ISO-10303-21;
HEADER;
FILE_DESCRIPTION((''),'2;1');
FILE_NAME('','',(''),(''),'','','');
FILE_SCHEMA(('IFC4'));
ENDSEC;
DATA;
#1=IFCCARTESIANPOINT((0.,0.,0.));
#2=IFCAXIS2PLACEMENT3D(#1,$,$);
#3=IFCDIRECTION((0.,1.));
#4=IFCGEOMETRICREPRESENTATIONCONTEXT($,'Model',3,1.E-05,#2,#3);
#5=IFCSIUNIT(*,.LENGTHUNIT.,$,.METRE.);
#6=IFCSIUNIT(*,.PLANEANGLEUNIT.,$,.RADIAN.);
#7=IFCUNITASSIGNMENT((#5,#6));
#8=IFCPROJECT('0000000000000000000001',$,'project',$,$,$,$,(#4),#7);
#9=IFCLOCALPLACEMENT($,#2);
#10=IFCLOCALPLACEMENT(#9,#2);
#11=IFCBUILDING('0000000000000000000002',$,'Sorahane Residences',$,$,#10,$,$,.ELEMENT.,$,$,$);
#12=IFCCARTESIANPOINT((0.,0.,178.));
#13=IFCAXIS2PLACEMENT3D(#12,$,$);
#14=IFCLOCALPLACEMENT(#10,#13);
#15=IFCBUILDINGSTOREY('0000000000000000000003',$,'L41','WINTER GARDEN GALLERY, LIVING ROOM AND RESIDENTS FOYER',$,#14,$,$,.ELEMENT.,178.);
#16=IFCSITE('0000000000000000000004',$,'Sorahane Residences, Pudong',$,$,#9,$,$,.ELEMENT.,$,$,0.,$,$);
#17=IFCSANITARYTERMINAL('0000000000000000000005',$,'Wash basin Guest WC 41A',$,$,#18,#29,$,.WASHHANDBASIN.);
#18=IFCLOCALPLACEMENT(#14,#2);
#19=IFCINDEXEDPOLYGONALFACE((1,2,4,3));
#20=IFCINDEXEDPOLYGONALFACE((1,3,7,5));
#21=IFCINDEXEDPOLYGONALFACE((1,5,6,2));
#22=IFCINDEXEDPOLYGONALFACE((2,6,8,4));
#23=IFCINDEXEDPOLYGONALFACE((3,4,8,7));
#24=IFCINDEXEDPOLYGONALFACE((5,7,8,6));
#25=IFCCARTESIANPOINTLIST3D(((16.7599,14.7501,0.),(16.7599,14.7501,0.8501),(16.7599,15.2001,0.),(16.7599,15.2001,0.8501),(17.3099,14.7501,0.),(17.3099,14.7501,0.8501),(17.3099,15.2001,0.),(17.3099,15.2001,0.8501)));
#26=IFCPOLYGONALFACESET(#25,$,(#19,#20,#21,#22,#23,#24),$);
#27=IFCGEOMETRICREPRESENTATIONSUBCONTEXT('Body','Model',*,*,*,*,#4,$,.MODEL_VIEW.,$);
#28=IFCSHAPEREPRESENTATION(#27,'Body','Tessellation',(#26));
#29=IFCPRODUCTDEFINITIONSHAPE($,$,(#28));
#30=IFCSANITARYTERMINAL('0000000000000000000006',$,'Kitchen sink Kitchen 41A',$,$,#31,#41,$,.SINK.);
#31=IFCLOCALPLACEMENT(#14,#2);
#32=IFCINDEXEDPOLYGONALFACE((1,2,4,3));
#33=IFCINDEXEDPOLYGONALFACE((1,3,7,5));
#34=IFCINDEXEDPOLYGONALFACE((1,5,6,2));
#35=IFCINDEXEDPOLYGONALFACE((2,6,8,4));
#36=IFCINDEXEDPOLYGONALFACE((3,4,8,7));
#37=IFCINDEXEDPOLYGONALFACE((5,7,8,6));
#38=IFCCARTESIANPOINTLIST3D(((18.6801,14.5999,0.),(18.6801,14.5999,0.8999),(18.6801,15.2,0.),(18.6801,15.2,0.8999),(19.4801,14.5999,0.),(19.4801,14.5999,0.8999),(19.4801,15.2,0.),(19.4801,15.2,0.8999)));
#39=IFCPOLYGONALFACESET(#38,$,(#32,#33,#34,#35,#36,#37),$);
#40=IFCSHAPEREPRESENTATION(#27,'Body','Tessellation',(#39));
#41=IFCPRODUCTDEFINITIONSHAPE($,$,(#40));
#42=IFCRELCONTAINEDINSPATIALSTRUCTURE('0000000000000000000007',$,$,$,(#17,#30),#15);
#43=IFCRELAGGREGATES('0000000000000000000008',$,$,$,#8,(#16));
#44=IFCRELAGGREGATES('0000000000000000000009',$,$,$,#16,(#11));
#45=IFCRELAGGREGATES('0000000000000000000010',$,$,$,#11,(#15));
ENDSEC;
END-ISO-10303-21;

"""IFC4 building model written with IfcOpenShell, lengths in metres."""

from ifc_helpers import new_model, si_unit, direction, frame, origin, origin_2d, place, context, subcontext, project, spatial, rectangle, extrude, element, save


model = new_model("IFC4")

# Units and contexts
model_context = context("Model", 3, precision=1e-05, world=origin(), true_north=direction((0.0, 1.0)))
body_context = subcontext(model_context, "Body", "Model", "MODEL_VIEW")
ifc_project = project(units=[si_unit("LENGTHUNIT", "METRE"), si_unit("PLANEANGLEUNIT", "RADIAN")], contexts=[model_context])

# Site, building, storey
site_placement = place(None, origin())
site = spatial("IfcSite", under=ifc_project, at=site_placement, Name="Sorahane Residences, Pudong", CompositionType="ELEMENT", RefElevation=0.0)
building_placement = place(site_placement, origin())
building = spatial("IfcBuilding", under=site, at=building_placement, Name="Sorahane Residences", CompositionType="ELEMENT")
storey_placement = place(building_placement, frame((0.0, 0.0, 178.0)))
storey = spatial("IfcBuildingStorey", under=building, at=storey_placement, Name="L41", Description="WINTER GARDEN GALLERY, LIVING ROOM AND RESIDENTS FOYER", CompositionType="ELEMENT", Elevation=178.0)

# Sanitary terminals
sanitary_terminal_1_placement = place(storey_placement, frame((17.0349, 14.9751, 0.0), z_axis=(0.0, 0.0, 1.0), x_axis=(1.0, 0.0, 0.0)))
element("IfcSanitaryTerminal", 1, at=sanitary_terminal_1_placement, inside=storey, Name="Wash basin Guest WC 41A", PredefinedType="WASHHANDBASIN", context=body_context, shape_type="SweptSolid", body=[
    extrude(rectangle(XDim=0.55, YDim=0.45, at=origin_2d()), origin(), (0.0, 0.0, 1.0), 0.8501),
])
sanitary_terminal_2_placement = place(storey_placement, frame((19.0801, 14.8999, 0.0), z_axis=(0.0, 0.0, 1.0), x_axis=(1.0, 0.0, 0.0)))
element("IfcSanitaryTerminal", 2, at=sanitary_terminal_2_placement, inside=storey, Name="Kitchen sink Kitchen 41A", PredefinedType="SINK", context=body_context, shape_type="SweptSolid", body=[
    extrude(rectangle(XDim=0.8, YDim=0.6001, at=origin_2d()), origin(), (0.0, 0.0, 1.0), 0.8999),
])

save(model, "model.ifc")
